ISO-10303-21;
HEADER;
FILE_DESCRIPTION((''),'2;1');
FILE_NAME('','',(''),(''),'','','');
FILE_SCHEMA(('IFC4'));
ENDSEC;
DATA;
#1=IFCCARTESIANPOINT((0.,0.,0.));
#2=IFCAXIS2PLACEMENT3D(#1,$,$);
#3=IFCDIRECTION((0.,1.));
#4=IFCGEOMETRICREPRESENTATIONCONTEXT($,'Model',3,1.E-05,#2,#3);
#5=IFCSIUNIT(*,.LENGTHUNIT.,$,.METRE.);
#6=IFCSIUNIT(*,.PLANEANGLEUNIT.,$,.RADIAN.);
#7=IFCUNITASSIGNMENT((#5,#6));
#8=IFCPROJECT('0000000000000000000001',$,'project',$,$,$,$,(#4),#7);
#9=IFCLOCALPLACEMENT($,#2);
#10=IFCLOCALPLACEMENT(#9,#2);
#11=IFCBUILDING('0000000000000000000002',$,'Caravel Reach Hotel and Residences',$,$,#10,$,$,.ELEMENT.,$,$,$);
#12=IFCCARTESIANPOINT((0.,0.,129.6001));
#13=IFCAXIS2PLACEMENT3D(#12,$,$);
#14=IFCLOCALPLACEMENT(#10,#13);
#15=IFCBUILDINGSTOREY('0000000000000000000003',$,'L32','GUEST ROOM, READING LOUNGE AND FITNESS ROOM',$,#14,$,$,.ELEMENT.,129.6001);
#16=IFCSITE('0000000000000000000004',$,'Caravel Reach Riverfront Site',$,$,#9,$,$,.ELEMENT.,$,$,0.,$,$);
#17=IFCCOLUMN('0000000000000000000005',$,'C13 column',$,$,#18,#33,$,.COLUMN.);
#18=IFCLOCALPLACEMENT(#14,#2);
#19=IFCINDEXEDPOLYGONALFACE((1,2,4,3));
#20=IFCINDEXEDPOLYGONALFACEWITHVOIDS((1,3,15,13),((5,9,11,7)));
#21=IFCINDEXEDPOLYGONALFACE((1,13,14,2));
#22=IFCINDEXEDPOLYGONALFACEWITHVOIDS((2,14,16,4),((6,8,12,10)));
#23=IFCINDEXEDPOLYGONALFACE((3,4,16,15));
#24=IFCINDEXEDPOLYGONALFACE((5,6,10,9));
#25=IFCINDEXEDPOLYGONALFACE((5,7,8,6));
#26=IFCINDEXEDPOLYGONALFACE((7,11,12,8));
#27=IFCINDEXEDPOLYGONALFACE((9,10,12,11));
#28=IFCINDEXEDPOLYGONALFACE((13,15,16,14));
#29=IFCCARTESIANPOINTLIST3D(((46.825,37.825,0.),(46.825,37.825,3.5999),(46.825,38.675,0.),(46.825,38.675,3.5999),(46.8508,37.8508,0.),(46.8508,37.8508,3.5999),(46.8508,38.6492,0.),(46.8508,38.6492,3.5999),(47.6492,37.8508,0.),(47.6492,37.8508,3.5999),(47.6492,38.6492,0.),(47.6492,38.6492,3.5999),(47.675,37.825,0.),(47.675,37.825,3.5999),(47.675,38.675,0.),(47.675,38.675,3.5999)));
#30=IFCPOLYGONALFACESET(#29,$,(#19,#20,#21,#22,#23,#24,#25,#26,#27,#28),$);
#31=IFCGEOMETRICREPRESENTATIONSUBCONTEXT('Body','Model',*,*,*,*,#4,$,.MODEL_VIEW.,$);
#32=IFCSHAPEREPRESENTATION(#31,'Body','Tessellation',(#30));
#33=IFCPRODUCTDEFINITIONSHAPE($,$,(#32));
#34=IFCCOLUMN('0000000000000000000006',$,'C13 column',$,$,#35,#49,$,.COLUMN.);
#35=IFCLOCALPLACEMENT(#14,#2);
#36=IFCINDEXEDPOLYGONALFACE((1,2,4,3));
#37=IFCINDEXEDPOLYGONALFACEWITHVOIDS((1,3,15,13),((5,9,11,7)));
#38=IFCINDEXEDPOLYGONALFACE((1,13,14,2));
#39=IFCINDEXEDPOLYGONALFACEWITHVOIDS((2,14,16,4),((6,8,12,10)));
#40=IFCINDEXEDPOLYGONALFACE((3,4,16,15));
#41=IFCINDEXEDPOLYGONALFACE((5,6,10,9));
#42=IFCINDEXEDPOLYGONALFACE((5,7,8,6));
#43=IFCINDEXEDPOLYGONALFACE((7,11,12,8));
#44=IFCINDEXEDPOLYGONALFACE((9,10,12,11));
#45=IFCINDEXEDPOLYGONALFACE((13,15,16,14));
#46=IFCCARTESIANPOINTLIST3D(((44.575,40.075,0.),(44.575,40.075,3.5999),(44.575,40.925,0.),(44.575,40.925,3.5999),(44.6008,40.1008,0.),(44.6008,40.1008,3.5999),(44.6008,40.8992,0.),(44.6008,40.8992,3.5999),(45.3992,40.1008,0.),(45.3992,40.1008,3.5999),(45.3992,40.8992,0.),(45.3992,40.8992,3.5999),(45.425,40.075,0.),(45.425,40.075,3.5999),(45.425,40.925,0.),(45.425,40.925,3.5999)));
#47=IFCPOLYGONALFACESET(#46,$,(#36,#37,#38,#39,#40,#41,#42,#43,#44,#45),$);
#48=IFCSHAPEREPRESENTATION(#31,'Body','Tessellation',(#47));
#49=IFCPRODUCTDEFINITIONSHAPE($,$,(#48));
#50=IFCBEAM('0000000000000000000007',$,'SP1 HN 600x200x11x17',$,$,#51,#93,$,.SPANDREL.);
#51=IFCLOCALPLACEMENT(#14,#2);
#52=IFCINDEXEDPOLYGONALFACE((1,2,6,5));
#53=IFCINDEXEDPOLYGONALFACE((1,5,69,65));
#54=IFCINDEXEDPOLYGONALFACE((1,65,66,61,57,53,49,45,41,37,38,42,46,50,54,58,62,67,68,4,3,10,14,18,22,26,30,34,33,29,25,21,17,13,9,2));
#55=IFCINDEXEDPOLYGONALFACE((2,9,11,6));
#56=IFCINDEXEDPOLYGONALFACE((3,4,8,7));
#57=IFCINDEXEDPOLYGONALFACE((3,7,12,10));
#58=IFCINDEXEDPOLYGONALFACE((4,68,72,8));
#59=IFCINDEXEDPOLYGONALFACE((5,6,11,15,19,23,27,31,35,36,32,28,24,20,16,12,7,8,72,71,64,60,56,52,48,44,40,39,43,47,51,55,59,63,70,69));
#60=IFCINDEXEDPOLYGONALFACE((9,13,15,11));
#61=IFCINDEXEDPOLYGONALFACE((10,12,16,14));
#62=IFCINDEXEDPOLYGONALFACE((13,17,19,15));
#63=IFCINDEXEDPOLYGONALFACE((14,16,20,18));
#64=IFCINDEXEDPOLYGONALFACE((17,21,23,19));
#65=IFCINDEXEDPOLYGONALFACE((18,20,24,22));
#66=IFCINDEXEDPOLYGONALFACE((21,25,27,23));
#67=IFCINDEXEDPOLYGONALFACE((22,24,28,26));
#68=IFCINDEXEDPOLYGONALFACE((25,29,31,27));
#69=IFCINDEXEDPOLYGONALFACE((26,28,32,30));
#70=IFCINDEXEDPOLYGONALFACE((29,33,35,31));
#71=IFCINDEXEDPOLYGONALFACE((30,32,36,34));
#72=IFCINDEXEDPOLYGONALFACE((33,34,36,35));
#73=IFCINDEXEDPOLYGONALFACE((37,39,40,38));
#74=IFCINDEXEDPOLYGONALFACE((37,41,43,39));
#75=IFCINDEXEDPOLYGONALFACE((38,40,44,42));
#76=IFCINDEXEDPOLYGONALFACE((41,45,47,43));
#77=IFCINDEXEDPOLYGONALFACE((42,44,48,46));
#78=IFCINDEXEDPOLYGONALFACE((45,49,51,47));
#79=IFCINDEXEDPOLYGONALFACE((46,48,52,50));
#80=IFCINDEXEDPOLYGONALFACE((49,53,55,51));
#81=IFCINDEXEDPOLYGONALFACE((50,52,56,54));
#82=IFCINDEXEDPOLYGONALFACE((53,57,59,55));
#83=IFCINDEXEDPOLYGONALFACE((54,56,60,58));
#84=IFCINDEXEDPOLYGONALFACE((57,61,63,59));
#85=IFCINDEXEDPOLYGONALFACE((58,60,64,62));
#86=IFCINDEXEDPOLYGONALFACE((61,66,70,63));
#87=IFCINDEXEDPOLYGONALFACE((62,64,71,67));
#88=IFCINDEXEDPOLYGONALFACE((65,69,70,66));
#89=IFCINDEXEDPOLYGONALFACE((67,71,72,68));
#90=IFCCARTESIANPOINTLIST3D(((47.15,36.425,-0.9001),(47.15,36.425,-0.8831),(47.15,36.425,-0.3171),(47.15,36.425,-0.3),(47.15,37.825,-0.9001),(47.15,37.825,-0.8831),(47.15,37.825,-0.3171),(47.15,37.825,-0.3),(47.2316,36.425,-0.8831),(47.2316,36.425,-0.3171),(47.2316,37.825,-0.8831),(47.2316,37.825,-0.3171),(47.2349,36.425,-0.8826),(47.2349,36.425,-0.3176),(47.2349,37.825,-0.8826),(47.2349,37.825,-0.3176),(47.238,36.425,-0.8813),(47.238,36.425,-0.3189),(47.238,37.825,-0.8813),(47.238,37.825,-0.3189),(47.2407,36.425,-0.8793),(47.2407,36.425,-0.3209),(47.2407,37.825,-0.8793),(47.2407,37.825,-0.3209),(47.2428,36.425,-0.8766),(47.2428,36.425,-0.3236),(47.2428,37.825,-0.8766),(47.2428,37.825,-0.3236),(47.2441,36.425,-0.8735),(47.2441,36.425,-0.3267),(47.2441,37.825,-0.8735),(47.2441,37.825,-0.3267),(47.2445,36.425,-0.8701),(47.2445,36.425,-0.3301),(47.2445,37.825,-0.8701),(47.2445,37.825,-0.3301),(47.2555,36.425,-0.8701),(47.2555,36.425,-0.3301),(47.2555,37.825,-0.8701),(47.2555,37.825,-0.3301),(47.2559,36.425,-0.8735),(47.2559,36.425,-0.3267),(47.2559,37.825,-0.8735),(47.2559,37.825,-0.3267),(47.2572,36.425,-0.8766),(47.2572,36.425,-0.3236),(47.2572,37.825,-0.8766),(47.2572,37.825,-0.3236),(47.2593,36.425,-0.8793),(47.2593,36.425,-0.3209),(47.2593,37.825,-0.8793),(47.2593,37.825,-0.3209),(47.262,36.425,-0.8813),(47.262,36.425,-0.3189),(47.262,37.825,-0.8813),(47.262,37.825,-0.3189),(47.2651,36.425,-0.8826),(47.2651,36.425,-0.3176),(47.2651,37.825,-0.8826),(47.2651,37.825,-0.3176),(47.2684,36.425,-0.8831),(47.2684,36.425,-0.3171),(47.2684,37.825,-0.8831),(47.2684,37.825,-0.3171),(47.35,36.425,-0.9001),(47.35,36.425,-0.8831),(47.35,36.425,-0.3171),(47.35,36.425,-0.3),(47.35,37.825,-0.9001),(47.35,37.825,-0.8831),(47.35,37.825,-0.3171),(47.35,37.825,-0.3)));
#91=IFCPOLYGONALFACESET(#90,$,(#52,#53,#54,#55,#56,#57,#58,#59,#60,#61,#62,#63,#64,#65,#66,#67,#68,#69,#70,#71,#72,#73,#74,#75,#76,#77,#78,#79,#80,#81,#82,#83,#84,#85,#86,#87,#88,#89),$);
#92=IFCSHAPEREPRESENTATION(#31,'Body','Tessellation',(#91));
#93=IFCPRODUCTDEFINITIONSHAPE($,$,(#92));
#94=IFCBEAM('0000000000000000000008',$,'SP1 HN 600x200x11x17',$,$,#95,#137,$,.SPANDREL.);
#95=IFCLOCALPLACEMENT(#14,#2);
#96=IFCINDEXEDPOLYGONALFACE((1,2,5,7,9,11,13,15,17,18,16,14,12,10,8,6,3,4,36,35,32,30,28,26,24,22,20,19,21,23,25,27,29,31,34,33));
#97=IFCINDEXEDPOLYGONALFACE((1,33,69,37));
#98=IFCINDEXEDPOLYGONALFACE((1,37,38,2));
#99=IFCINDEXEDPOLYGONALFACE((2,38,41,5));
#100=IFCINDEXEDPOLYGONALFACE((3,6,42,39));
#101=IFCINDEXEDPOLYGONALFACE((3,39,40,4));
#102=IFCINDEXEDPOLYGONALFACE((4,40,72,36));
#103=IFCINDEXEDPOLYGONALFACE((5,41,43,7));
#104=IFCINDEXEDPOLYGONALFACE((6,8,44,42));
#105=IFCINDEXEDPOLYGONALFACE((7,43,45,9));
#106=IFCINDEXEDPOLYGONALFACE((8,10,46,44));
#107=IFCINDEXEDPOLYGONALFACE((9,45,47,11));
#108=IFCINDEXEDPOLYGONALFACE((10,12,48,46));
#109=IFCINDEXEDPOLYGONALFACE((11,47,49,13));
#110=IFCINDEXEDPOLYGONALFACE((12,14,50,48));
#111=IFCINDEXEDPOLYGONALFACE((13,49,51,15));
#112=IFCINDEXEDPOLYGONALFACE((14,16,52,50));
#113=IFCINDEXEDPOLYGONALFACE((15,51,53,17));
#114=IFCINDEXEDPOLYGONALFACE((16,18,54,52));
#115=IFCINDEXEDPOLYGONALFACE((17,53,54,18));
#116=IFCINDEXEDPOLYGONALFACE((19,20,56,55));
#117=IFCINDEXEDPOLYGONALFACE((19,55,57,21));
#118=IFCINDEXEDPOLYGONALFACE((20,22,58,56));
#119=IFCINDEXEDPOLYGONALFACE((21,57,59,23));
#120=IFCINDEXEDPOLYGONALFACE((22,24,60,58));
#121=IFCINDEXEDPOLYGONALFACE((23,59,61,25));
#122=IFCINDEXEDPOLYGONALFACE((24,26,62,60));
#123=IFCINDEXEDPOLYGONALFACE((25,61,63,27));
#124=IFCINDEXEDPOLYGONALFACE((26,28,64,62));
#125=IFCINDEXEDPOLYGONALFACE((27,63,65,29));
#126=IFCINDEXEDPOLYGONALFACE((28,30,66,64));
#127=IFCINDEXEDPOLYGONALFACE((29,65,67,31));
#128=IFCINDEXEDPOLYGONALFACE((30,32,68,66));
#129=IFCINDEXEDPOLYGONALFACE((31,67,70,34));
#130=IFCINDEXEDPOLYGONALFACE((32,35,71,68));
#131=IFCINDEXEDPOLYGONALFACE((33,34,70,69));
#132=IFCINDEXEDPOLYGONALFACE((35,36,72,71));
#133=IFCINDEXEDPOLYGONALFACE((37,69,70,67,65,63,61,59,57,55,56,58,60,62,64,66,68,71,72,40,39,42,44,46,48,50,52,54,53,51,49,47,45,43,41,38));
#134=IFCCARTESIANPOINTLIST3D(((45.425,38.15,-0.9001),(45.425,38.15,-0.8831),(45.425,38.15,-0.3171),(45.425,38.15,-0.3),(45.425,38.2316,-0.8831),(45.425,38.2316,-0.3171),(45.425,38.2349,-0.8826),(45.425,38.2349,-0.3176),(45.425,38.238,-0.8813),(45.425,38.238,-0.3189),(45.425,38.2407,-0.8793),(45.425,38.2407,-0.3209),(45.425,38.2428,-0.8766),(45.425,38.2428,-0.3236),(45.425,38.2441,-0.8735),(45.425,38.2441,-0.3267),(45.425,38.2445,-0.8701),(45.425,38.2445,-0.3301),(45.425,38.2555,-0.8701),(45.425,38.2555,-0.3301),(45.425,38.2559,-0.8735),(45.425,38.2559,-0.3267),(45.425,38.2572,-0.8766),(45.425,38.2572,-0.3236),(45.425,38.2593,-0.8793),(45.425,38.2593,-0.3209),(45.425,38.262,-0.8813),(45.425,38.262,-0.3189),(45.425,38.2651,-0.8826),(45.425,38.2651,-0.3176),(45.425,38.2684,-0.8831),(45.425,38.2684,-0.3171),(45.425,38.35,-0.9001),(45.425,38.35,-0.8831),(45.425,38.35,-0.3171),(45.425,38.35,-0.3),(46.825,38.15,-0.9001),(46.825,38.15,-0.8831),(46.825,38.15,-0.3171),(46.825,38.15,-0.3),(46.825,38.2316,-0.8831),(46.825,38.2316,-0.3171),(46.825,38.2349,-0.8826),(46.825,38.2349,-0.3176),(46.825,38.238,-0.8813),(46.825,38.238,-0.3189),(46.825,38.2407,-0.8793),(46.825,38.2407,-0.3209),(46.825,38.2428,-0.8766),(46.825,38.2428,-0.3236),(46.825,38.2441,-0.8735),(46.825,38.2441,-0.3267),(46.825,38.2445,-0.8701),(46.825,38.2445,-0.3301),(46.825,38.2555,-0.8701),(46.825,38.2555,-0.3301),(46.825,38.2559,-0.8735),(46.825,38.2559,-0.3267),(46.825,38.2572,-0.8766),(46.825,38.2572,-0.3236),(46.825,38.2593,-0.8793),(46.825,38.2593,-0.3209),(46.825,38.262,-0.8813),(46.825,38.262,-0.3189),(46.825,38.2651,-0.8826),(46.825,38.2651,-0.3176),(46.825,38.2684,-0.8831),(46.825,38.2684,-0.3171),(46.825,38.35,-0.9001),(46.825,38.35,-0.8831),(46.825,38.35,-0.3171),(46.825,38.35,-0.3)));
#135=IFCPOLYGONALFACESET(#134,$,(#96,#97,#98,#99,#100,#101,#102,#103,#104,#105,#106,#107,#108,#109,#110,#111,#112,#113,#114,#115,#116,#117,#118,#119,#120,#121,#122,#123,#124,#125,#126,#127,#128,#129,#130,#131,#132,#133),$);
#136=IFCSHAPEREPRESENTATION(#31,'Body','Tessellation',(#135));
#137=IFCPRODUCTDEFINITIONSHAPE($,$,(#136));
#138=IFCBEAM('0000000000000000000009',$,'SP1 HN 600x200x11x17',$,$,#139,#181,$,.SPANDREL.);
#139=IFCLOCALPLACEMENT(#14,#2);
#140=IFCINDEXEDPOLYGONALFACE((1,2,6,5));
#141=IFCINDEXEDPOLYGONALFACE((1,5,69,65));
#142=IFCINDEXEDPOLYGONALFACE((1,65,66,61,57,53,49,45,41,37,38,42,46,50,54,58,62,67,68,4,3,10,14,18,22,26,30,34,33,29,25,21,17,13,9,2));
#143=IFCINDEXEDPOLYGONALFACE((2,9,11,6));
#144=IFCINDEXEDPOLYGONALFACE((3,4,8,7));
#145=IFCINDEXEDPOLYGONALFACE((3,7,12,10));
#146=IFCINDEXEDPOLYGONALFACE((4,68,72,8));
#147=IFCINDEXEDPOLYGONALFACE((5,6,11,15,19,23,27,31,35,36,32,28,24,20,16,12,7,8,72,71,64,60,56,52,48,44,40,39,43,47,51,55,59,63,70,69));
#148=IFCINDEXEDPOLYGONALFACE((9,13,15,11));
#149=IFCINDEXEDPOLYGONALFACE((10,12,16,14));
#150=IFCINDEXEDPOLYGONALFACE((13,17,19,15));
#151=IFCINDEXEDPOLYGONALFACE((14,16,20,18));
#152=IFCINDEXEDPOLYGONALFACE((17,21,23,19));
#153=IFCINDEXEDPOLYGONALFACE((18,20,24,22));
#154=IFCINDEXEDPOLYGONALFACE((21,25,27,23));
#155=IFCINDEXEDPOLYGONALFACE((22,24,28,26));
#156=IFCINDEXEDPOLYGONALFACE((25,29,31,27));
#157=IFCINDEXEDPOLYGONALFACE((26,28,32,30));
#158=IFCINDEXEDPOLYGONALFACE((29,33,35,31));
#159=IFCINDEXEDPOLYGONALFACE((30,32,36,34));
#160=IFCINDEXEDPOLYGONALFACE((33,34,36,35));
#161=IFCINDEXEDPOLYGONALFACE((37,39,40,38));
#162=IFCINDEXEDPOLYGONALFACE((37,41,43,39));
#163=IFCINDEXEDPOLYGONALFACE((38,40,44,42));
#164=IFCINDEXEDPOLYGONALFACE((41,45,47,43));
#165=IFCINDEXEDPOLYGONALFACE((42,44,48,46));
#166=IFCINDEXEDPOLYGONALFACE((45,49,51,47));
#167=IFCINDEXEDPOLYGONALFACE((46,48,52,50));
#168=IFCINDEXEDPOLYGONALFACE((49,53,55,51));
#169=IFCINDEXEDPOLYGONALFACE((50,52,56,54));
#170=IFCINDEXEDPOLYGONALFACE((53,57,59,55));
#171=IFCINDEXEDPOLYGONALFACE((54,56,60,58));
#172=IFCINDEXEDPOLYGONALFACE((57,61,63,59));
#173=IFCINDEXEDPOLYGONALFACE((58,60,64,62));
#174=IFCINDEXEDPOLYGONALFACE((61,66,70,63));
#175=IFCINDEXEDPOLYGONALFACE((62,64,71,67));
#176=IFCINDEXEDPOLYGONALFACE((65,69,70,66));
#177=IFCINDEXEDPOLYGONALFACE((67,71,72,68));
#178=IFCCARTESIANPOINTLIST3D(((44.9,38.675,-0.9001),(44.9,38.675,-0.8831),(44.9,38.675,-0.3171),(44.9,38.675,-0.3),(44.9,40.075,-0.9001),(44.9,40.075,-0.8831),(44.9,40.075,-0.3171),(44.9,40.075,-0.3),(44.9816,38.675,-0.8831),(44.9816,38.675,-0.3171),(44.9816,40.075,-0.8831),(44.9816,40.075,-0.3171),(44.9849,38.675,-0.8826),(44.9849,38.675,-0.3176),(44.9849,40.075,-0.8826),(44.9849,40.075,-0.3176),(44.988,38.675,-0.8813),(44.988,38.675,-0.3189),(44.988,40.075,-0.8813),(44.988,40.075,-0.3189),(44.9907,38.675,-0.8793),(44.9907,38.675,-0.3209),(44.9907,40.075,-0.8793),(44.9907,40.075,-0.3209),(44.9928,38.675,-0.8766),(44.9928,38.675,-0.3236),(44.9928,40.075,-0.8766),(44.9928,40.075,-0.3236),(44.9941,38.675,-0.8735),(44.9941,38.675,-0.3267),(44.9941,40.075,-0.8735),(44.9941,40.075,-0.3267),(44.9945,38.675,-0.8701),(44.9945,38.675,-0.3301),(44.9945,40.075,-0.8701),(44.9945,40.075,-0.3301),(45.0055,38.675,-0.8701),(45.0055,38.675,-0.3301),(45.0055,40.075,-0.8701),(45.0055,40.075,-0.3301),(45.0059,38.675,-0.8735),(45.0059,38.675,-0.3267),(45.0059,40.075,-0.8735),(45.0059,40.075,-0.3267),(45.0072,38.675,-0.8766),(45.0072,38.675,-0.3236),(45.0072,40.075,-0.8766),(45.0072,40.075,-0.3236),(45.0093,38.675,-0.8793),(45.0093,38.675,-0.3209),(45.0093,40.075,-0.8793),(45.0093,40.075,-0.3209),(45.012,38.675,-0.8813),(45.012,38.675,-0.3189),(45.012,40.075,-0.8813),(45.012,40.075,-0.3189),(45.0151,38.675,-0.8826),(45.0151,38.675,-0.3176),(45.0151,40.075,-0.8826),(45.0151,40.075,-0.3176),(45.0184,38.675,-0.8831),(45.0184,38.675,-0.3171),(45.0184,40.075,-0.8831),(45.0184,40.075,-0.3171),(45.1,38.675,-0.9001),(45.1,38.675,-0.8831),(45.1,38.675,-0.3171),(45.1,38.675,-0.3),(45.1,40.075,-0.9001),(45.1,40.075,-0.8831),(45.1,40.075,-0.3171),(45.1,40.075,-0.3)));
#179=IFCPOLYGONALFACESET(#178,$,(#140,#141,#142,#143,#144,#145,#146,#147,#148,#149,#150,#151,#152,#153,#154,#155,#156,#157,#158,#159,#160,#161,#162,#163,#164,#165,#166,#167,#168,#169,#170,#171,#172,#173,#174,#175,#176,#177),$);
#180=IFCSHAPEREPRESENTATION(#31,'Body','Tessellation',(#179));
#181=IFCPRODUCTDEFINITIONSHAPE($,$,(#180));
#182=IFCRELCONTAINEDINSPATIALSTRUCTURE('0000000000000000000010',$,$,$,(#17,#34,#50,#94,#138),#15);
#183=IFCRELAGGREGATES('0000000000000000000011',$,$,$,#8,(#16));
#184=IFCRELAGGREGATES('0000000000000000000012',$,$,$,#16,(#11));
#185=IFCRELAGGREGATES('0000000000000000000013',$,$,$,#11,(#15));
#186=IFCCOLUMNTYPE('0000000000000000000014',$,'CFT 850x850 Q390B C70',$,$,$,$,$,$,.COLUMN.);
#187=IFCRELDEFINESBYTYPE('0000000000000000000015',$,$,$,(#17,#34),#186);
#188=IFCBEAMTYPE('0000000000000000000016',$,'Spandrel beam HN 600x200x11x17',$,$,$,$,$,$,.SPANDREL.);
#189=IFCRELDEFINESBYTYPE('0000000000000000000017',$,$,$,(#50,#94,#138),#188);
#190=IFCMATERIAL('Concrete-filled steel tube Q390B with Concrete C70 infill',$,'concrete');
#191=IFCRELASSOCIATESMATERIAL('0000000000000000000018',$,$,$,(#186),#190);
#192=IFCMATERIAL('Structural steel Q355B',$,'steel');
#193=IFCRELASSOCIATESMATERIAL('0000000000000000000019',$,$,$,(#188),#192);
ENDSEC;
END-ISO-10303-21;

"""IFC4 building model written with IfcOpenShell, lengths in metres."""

from ifc_helpers import new_model, si_unit, direction, frame, origin, origin_2d, place, context, subcontext, project, spatial, hollow_rectangle, i_section, extrude, material, material_profile, profile_set, type_object, element, save


model = new_model("IFC4")

# Units and contexts
model_context = context("Model", 3, precision=1e-05, world=origin(), true_north=direction((0.0, 1.0)))
body_context = subcontext(model_context, "Body", "Model", "MODEL_VIEW")
ifc_project = project(units=[si_unit("LENGTHUNIT", "METRE"), si_unit("PLANEANGLEUNIT", "RADIAN")], contexts=[model_context])

# Site, building, storey
site_placement = place(None, origin())
site = spatial("IfcSite", under=ifc_project, at=site_placement, Name="Caravel Reach Riverfront Site", CompositionType="ELEMENT", RefElevation=0.0)
building_placement = place(site_placement, origin())
building = spatial("IfcBuilding", under=site, at=building_placement, Name="Caravel Reach Hotel and Residences", CompositionType="ELEMENT")
storey_placement = place(building_placement, frame((0.0, 0.0, 129.6001)))
storey = spatial("IfcBuildingStorey", under=building, at=storey_placement, Name="L32", Description="GUEST ROOM, READING LOUNGE AND FITNESS ROOM", CompositionType="ELEMENT", Elevation=129.6001)

# Columns
ifc_material_1 = material(Name="Concrete-filled steel tube Q390B with Concrete C70 infill", Category="concrete")
ifc_material_profile_1 = material_profile(ifc_material_1, hollow_rectangle(XDim=0.8501, YDim=0.8501, WallThickness=0.0259, at=origin_2d()), Name="RHS 850x850x26")
ifc_profile_set_1 = profile_set([ifc_material_profile_1], Name="Concrete-filled steel tube Q390B with Concrete C70 infill")
column_type = type_object("IfcColumnType", Name="CFT 850x850 Q390B C70", PredefinedType="COLUMN", material=ifc_profile_set_1)
for number, where, z_axis, x_axis, name in (
    (1, (47.25, 38.25, 0.0), (0.0, 0.0, 1.0), (1.0, 0.0, 0.0), "C13 column"),
    (2, (45.0, 40.5, 0.0), (0.0, 0.0, 1.0), (1.0, 0.0, 0.0), "C13 column"),
):
    element("IfcColumn", number, at=place(storey_placement, frame(where, z_axis=z_axis, x_axis=x_axis)), inside=storey, type_object=column_type, Name=name, PredefinedType="COLUMN", context=body_context, shape_type="SweptSolid", body=[
        extrude(hollow_rectangle(XDim=0.8501, YDim=0.8501, WallThickness=0.0259, at=origin_2d()), origin(), (0.0, 0.0, 1.0), 3.5999),
    ])

# Beams
ifc_material_2 = material(Name="Structural steel Q355B", Category="steel")
ifc_material_profile_2 = material_profile(ifc_material_2, i_section(OverallWidth=0.2, OverallDepth=0.6001, WebThickness=0.011, FlangeThickness=0.0171, FilletRadius=0.0129, at=origin_2d()), Name="HN 600x200x11x17")
ifc_profile_set_2 = profile_set([ifc_material_profile_2], Name="Structural steel Q355B")
beam_type = type_object("IfcBeamType", Name="Spandrel beam HN 600x200x11x17", PredefinedType="SPANDREL", material=ifc_profile_set_2)
for number, where, z_axis, x_axis, name in (
    (3, (47.25, 36.425, -0.6001), (0.0, 1.0, 0.0), (-1.0, 0.0, 0.0), "SP1 HN 600x200x11x17"),
    (4, (46.825, 38.25, -0.6001), (-1.0, 0.0, 0.0), (0.0, -1.0, 0.0), "SP1 HN 600x200x11x17"),
    (5, (45.0, 38.675, -0.6001), (0.0, 1.0, 0.0), (-1.0, 0.0, 0.0), "SP1 HN 600x200x11x17"),
):
    element("IfcBeam", number, at=place(storey_placement, frame(where, z_axis=z_axis, x_axis=x_axis)), inside=storey, type_object=beam_type, Name=name, PredefinedType="SPANDREL", context=body_context, shape_type="SweptSolid", body=[
        extrude(i_section(OverallWidth=0.2, OverallDepth=0.6001, WebThickness=0.011, FlangeThickness=0.0171, FilletRadius=0.0129, at=origin_2d()), origin(), (0.0, 0.0, 1.0), 1.3999),
    ])

save(model, "model.ifc")
